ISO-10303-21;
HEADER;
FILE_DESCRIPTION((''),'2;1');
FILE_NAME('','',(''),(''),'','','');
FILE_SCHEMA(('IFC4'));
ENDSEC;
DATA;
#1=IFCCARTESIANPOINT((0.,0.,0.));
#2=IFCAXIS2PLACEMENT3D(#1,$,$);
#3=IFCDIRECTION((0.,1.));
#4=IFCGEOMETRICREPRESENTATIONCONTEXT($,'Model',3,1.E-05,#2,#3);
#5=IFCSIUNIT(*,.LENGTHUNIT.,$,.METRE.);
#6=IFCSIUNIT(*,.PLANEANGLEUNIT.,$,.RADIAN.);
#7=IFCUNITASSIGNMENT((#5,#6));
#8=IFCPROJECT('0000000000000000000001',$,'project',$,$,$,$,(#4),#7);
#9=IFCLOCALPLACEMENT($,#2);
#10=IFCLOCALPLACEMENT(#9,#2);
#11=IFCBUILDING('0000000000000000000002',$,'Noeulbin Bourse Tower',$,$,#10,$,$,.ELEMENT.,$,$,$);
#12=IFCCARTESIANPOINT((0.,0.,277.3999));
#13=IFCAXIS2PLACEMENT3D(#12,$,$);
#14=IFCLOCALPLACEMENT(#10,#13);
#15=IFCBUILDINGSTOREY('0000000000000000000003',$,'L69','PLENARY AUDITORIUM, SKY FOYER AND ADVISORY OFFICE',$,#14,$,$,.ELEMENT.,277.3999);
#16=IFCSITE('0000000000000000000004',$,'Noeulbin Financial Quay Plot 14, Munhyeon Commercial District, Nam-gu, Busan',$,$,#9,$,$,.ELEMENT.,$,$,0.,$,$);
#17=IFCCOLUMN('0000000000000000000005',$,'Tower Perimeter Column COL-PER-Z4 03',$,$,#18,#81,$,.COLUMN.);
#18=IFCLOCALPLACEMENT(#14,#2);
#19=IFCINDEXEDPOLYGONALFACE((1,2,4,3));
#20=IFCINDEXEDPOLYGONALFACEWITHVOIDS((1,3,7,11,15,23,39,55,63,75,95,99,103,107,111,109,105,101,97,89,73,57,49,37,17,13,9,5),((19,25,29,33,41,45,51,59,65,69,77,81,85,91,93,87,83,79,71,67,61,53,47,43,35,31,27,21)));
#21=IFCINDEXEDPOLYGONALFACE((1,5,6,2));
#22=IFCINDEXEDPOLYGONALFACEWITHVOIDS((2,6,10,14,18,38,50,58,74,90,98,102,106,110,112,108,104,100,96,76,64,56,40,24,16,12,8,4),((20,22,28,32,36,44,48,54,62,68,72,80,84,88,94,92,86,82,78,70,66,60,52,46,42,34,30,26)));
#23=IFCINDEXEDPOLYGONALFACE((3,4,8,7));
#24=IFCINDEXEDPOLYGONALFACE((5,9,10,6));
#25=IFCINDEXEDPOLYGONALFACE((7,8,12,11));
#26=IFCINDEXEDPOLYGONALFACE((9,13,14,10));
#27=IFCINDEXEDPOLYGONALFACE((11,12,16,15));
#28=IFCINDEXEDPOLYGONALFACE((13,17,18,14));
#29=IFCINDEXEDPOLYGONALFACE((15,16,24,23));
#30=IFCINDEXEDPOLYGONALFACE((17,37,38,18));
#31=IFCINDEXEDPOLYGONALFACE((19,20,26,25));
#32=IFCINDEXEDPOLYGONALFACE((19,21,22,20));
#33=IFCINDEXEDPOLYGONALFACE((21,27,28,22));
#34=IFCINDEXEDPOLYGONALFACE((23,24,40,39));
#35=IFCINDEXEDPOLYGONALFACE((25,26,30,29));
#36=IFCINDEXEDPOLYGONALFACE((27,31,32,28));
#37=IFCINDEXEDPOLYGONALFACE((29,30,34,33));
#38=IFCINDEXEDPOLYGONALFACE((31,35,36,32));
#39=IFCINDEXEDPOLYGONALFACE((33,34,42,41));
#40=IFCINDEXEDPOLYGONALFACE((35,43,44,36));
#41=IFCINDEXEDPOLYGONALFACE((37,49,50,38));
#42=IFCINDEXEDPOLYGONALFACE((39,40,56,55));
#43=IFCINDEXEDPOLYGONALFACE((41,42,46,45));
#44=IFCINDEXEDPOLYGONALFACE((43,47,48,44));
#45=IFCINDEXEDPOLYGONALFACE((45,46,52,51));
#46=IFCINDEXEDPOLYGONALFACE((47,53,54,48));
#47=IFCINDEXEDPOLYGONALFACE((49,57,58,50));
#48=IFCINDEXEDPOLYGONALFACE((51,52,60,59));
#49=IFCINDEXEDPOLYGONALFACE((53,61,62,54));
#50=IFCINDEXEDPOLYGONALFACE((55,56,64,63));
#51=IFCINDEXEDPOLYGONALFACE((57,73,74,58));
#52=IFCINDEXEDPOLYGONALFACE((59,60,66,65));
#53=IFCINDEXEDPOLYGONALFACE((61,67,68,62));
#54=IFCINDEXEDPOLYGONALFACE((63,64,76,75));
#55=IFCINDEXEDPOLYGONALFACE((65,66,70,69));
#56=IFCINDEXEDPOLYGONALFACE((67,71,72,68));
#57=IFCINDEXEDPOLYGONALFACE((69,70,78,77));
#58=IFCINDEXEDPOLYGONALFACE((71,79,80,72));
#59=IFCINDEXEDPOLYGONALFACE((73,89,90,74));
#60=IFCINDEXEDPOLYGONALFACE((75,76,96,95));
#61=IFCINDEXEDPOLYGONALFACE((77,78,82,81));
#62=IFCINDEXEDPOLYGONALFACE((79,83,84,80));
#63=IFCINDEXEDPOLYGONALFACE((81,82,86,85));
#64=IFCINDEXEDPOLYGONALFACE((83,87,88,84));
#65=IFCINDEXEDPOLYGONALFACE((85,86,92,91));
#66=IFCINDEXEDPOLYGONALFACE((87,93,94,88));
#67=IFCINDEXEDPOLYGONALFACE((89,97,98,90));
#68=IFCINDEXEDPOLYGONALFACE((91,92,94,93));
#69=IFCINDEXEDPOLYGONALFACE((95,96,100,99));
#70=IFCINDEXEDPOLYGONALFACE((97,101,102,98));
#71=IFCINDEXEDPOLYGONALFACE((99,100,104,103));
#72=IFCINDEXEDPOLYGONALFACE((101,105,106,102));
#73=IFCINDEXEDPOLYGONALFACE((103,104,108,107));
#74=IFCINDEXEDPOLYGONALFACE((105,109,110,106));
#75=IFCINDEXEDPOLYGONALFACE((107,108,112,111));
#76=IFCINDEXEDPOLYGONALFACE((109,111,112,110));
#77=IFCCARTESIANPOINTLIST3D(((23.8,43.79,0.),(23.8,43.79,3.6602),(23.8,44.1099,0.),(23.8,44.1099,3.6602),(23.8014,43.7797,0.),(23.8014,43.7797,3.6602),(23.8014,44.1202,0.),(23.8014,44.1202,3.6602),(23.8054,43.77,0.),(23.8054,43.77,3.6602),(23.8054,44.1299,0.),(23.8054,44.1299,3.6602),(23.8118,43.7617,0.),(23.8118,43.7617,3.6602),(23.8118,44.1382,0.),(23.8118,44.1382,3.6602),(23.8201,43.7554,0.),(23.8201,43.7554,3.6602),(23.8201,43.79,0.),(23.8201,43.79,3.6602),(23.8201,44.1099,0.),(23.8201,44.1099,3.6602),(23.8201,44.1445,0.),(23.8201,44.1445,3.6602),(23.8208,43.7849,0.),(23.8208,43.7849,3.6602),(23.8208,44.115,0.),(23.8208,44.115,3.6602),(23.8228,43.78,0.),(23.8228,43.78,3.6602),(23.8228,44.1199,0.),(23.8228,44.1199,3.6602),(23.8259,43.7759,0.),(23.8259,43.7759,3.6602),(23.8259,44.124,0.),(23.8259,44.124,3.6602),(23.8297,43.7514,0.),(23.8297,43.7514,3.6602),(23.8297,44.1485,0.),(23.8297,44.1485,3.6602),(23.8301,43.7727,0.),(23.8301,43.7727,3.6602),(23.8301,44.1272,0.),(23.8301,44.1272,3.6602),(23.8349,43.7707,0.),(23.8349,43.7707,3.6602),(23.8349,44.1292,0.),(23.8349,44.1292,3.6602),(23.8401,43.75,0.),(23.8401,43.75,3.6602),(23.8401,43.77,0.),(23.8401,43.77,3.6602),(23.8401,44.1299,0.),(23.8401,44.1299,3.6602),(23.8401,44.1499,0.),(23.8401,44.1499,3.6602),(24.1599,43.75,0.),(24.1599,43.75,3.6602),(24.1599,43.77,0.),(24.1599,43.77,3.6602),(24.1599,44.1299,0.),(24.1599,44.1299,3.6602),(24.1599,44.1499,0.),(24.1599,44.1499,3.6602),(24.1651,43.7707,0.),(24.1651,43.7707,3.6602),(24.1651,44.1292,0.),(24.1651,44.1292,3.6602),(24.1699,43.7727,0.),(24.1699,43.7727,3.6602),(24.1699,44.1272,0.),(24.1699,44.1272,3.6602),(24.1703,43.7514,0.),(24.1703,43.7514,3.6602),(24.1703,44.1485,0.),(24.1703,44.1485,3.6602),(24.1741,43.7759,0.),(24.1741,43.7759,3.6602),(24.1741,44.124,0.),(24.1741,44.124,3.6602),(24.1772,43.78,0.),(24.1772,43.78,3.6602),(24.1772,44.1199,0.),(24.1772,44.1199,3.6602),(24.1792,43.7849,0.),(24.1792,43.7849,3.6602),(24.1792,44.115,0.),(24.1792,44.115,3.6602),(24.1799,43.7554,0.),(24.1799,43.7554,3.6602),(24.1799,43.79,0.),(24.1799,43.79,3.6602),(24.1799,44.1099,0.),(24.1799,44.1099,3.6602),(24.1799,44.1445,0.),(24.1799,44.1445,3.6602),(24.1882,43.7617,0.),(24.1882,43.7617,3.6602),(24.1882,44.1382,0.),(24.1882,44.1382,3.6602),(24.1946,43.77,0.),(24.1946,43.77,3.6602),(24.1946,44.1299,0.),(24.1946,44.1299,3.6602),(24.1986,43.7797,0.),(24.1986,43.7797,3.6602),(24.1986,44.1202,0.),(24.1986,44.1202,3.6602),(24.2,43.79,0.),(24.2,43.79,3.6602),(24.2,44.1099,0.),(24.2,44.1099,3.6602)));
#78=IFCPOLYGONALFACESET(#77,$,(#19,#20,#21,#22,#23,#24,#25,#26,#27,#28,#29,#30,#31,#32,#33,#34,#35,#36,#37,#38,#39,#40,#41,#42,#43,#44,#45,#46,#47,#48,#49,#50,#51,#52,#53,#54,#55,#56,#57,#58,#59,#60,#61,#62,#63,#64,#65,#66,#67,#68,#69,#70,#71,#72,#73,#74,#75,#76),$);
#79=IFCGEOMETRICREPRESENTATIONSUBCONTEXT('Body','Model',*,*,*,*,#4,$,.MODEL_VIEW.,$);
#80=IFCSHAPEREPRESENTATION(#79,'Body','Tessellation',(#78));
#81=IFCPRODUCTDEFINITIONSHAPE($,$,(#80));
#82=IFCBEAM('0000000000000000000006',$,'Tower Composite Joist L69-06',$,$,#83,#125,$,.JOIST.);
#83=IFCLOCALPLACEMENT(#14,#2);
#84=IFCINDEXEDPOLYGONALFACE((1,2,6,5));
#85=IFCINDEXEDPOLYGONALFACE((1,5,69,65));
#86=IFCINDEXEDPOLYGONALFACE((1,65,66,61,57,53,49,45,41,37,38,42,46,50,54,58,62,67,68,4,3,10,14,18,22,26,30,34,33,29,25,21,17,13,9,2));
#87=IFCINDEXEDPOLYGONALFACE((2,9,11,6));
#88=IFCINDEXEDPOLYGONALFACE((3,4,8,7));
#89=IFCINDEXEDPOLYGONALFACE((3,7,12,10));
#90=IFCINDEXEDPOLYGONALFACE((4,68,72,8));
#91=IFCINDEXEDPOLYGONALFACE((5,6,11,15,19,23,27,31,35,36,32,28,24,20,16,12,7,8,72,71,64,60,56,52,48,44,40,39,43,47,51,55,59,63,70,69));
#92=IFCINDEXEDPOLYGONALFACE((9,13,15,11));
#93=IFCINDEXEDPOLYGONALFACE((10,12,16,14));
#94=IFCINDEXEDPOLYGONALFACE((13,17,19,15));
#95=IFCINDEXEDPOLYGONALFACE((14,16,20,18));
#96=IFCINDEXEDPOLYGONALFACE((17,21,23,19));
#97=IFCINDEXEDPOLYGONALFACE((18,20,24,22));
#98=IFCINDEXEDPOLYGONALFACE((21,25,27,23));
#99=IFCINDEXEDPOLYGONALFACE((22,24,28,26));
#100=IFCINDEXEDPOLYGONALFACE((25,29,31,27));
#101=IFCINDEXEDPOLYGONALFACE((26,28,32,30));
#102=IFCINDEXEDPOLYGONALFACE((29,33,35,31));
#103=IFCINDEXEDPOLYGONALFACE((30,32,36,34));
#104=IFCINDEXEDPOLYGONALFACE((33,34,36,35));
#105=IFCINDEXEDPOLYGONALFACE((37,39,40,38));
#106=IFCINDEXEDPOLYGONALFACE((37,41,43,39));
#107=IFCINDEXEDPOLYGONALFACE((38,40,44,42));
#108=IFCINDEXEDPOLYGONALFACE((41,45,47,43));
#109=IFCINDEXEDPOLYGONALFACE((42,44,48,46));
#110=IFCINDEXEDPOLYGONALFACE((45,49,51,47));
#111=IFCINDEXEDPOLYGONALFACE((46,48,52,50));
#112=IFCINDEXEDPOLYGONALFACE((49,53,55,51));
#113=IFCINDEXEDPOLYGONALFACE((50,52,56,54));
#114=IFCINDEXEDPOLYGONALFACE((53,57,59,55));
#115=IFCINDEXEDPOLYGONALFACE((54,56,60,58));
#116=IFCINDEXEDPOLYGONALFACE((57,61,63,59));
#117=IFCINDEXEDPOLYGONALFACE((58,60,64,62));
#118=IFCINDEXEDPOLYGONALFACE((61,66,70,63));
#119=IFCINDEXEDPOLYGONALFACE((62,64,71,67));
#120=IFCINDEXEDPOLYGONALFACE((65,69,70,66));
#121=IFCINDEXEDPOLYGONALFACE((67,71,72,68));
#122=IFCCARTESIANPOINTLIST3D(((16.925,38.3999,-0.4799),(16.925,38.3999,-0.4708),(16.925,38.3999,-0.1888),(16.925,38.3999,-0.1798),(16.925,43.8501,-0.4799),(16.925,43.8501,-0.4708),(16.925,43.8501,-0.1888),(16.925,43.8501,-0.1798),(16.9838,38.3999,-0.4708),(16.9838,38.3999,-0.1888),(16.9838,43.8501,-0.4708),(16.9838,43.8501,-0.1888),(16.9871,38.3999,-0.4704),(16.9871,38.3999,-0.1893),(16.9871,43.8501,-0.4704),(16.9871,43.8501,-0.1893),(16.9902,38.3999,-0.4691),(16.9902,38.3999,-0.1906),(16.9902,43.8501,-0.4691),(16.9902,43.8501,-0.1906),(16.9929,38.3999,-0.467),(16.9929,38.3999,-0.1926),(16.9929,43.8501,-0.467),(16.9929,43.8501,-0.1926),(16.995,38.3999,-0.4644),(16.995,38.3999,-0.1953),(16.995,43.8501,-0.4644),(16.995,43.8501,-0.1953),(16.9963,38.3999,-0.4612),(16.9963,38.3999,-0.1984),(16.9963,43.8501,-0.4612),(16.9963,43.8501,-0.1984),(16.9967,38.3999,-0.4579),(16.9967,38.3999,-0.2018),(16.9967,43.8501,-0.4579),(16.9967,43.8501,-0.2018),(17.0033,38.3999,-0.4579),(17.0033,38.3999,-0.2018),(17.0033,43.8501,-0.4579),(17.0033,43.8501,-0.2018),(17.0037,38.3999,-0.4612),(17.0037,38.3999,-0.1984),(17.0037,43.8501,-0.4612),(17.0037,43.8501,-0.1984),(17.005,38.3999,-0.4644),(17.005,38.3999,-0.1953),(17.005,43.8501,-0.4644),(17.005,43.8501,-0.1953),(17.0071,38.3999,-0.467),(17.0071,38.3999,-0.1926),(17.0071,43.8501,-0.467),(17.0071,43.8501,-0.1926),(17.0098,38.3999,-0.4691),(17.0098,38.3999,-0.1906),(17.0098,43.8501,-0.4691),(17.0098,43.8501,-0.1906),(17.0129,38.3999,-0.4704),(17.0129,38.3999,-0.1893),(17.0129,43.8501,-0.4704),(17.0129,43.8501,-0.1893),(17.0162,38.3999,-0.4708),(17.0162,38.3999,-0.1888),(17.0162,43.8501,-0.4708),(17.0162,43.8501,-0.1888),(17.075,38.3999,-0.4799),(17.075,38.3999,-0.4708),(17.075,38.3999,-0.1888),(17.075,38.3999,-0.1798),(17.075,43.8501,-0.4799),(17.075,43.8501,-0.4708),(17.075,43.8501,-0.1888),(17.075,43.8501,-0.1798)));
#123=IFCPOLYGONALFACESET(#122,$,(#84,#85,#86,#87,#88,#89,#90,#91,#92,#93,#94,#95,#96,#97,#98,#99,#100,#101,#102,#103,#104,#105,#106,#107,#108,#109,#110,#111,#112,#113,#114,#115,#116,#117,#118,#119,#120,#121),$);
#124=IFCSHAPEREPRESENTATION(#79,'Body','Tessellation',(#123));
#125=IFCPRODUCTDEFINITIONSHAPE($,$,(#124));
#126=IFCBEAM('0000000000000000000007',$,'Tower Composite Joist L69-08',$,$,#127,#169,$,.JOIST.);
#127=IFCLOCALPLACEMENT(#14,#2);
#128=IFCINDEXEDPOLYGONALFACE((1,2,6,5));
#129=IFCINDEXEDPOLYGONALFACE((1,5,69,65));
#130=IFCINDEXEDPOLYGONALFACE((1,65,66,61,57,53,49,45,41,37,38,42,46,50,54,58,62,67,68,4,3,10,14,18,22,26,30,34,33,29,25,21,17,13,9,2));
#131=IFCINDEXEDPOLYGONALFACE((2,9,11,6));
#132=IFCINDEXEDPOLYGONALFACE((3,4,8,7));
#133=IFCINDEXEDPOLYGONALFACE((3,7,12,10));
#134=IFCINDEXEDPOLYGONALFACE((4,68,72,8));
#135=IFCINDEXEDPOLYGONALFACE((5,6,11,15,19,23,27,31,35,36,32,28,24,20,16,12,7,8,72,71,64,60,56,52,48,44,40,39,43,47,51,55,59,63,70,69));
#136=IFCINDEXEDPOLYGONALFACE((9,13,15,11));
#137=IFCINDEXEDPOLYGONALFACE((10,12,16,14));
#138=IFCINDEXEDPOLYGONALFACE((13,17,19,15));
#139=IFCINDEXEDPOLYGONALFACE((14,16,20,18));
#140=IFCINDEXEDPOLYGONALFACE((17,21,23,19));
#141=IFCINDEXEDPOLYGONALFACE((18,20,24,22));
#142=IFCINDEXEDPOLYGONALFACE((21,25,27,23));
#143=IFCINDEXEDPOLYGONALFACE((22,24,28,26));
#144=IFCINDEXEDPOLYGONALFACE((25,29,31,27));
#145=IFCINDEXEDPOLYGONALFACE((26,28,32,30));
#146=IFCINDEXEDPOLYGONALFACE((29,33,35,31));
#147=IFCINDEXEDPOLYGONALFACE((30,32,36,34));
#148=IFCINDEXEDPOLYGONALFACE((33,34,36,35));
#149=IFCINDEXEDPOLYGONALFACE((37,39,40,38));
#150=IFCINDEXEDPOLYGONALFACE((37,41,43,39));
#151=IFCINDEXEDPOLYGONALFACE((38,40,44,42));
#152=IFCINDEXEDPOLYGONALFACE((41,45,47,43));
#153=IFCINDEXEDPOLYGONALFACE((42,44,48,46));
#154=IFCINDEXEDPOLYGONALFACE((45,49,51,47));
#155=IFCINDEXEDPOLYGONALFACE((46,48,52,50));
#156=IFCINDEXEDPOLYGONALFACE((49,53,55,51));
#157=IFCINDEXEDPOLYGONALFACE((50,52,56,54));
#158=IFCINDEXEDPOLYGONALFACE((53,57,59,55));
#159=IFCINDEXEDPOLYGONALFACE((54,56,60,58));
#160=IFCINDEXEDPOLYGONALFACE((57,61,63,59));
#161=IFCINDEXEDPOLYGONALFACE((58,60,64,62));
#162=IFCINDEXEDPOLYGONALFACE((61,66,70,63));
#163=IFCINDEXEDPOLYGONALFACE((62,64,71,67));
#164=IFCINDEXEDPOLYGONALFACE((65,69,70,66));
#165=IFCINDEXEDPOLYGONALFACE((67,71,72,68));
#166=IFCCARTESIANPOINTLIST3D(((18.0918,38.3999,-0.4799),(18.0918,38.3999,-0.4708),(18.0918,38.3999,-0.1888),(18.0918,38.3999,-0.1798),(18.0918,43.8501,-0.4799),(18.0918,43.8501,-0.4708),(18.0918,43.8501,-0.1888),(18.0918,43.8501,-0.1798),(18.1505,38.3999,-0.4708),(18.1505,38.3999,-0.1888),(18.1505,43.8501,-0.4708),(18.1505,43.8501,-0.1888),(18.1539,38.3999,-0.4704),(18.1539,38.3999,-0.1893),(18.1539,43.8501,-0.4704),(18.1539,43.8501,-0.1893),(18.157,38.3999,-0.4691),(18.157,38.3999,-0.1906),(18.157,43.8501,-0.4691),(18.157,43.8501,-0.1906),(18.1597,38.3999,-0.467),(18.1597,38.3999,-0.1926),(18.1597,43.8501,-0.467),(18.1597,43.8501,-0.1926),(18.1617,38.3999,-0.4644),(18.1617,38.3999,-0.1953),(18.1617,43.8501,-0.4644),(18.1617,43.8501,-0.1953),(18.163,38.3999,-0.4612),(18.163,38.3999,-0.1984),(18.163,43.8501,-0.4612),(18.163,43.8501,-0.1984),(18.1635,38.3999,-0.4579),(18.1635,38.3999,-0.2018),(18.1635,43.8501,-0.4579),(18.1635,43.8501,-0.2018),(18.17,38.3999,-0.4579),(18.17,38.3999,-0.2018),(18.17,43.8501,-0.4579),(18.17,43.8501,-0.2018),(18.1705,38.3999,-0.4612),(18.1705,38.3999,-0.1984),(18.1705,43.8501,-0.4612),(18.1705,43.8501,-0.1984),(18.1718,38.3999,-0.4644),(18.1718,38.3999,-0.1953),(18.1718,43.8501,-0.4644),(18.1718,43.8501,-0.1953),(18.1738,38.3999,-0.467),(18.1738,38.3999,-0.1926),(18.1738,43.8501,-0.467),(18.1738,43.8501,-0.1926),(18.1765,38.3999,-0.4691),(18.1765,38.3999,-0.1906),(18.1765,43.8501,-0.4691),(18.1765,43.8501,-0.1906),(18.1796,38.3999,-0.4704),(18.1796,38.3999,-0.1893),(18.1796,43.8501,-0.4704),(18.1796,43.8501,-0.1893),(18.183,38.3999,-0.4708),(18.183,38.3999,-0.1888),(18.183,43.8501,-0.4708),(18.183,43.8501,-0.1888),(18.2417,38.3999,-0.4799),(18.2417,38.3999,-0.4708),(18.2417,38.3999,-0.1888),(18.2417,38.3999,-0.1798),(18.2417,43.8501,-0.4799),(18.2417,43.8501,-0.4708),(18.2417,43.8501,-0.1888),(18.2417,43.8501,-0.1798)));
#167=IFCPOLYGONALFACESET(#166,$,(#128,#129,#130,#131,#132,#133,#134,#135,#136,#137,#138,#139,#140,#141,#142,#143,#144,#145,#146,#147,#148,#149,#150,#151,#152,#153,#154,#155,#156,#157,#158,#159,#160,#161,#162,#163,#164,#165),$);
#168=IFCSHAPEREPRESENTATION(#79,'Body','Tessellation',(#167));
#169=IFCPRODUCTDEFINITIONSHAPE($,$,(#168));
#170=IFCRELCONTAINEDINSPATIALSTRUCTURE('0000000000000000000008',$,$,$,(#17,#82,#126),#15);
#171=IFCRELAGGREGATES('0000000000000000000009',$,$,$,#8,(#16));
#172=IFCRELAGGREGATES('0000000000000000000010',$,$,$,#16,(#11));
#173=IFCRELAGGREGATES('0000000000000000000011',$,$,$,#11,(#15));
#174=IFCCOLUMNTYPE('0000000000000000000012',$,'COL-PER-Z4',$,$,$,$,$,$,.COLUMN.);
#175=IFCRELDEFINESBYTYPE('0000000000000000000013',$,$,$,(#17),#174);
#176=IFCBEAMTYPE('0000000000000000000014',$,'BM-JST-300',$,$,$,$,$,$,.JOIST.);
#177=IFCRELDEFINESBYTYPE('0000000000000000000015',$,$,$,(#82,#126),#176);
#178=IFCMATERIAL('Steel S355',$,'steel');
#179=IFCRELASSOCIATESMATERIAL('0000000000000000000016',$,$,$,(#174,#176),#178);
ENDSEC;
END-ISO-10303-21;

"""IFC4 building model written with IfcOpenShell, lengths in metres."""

from ifc_helpers import new_model, si_unit, direction, frame, origin, origin_2d, place, context, subcontext, project, spatial, hollow_rectangle, i_section, extrude, material, material_profile, profile_set, type_object, element, save


model = new_model("IFC4")

# Units and contexts
model_context = context("Model", 3, precision=1e-05, world=origin(), true_north=direction((0.0, 1.0)))
body_context = subcontext(model_context, "Body", "Model", "MODEL_VIEW")
ifc_project = project(units=[si_unit("LENGTHUNIT", "METRE"), si_unit("PLANEANGLEUNIT", "RADIAN")], contexts=[model_context])

# Site, building, storey
site_placement = place(None, origin())
site = spatial("IfcSite", under=ifc_project, at=site_placement, Name="Noeulbin Financial Quay Plot 14, Munhyeon Commercial District, Nam-gu, Busan", CompositionType="ELEMENT", RefElevation=0.0)
building_placement = place(site_placement, origin())
building = spatial("IfcBuilding", under=site, at=building_placement, Name="Noeulbin Bourse Tower", CompositionType="ELEMENT")
storey_placement = place(building_placement, frame((0.0, 0.0, 277.3999)))
storey = spatial("IfcBuildingStorey", under=building, at=storey_placement, Name="L69", Description="PLENARY AUDITORIUM, SKY FOYER AND ADVISORY OFFICE", CompositionType="ELEMENT", Elevation=277.3999)

# Column
ifc_material_1 = material(Name="Steel S355", Category="steel")
ifc_material_profile_1 = material_profile(ifc_material_1, hollow_rectangle(XDim=0.3999, YDim=0.3999, WallThickness=0.02, InnerFilletRadius=0.02, OuterFilletRadius=0.04, at=origin_2d()), Name="SHS-400x400x20", Category="LoadBearing")
ifc_profile_set_1 = profile_set([ifc_material_profile_1], Name="Steel S355")
column_type = type_object("IfcColumnType", Name="COL-PER-Z4", PredefinedType="COLUMN", material=ifc_profile_set_1)
column_placement = place(storey_placement, frame((24.0, 43.95, 0.0), z_axis=(0.0, 0.0, 1.0), x_axis=(1.0, 0.0, 0.0)))
element("IfcColumn", 1, at=column_placement, inside=storey, type_object=column_type, Name="Tower Perimeter Column COL-PER-Z4 03", PredefinedType="COLUMN", context=body_context, shape_type="SweptSolid", body=[
    extrude(hollow_rectangle(XDim=0.3999, YDim=0.3999, WallThickness=0.02, InnerFilletRadius=0.02, OuterFilletRadius=0.04, at=origin_2d()), origin(), (0.0, 0.0, 1.0), 3.6602),
])

# Beams
ifc_material_profile_2 = material_profile(ifc_material_1, i_section(OverallWidth=0.1499, OverallDepth=0.3, WebThickness=0.0066, FlangeThickness=0.009, FilletRadius=0.0129, at=origin_2d()), Name="H-300x150x6.5x9", Category="LoadBearing")
ifc_profile_set_2 = profile_set([ifc_material_profile_2], Name="Steel S355")
beam_type_1 = type_object("IfcBeamType", Name="BM-JST-300", PredefinedType="JOIST", material=ifc_profile_set_2)
for number, where, z_axis, x_axis, name in (
    (2, (17.0, 38.3999, -0.3298), (0.0, 1.0, 0.0), (-1.0, 0.0, 0.0), "Tower Composite Joist L69-06"),
    (3, (18.1667, 38.3999, -0.3298), (0.0, 1.0, 0.0), (-1.0, 0.0, 0.0), "Tower Composite Joist L69-08"),
):
    element("IfcBeam", number, at=place(storey_placement, frame(where, z_axis=z_axis, x_axis=x_axis)), inside=storey, type_object=beam_type_1, Name=name, PredefinedType="JOIST", context=body_context, shape_type="SweptSolid", body=[
        extrude(i_section(OverallWidth=0.1499, OverallDepth=0.3, WebThickness=0.0066, FlangeThickness=0.009, FilletRadius=0.0129, at=origin_2d()), origin(), (0.0, 0.0, 1.0), 5.4502),
    ])

save(model, "model.ifc")
